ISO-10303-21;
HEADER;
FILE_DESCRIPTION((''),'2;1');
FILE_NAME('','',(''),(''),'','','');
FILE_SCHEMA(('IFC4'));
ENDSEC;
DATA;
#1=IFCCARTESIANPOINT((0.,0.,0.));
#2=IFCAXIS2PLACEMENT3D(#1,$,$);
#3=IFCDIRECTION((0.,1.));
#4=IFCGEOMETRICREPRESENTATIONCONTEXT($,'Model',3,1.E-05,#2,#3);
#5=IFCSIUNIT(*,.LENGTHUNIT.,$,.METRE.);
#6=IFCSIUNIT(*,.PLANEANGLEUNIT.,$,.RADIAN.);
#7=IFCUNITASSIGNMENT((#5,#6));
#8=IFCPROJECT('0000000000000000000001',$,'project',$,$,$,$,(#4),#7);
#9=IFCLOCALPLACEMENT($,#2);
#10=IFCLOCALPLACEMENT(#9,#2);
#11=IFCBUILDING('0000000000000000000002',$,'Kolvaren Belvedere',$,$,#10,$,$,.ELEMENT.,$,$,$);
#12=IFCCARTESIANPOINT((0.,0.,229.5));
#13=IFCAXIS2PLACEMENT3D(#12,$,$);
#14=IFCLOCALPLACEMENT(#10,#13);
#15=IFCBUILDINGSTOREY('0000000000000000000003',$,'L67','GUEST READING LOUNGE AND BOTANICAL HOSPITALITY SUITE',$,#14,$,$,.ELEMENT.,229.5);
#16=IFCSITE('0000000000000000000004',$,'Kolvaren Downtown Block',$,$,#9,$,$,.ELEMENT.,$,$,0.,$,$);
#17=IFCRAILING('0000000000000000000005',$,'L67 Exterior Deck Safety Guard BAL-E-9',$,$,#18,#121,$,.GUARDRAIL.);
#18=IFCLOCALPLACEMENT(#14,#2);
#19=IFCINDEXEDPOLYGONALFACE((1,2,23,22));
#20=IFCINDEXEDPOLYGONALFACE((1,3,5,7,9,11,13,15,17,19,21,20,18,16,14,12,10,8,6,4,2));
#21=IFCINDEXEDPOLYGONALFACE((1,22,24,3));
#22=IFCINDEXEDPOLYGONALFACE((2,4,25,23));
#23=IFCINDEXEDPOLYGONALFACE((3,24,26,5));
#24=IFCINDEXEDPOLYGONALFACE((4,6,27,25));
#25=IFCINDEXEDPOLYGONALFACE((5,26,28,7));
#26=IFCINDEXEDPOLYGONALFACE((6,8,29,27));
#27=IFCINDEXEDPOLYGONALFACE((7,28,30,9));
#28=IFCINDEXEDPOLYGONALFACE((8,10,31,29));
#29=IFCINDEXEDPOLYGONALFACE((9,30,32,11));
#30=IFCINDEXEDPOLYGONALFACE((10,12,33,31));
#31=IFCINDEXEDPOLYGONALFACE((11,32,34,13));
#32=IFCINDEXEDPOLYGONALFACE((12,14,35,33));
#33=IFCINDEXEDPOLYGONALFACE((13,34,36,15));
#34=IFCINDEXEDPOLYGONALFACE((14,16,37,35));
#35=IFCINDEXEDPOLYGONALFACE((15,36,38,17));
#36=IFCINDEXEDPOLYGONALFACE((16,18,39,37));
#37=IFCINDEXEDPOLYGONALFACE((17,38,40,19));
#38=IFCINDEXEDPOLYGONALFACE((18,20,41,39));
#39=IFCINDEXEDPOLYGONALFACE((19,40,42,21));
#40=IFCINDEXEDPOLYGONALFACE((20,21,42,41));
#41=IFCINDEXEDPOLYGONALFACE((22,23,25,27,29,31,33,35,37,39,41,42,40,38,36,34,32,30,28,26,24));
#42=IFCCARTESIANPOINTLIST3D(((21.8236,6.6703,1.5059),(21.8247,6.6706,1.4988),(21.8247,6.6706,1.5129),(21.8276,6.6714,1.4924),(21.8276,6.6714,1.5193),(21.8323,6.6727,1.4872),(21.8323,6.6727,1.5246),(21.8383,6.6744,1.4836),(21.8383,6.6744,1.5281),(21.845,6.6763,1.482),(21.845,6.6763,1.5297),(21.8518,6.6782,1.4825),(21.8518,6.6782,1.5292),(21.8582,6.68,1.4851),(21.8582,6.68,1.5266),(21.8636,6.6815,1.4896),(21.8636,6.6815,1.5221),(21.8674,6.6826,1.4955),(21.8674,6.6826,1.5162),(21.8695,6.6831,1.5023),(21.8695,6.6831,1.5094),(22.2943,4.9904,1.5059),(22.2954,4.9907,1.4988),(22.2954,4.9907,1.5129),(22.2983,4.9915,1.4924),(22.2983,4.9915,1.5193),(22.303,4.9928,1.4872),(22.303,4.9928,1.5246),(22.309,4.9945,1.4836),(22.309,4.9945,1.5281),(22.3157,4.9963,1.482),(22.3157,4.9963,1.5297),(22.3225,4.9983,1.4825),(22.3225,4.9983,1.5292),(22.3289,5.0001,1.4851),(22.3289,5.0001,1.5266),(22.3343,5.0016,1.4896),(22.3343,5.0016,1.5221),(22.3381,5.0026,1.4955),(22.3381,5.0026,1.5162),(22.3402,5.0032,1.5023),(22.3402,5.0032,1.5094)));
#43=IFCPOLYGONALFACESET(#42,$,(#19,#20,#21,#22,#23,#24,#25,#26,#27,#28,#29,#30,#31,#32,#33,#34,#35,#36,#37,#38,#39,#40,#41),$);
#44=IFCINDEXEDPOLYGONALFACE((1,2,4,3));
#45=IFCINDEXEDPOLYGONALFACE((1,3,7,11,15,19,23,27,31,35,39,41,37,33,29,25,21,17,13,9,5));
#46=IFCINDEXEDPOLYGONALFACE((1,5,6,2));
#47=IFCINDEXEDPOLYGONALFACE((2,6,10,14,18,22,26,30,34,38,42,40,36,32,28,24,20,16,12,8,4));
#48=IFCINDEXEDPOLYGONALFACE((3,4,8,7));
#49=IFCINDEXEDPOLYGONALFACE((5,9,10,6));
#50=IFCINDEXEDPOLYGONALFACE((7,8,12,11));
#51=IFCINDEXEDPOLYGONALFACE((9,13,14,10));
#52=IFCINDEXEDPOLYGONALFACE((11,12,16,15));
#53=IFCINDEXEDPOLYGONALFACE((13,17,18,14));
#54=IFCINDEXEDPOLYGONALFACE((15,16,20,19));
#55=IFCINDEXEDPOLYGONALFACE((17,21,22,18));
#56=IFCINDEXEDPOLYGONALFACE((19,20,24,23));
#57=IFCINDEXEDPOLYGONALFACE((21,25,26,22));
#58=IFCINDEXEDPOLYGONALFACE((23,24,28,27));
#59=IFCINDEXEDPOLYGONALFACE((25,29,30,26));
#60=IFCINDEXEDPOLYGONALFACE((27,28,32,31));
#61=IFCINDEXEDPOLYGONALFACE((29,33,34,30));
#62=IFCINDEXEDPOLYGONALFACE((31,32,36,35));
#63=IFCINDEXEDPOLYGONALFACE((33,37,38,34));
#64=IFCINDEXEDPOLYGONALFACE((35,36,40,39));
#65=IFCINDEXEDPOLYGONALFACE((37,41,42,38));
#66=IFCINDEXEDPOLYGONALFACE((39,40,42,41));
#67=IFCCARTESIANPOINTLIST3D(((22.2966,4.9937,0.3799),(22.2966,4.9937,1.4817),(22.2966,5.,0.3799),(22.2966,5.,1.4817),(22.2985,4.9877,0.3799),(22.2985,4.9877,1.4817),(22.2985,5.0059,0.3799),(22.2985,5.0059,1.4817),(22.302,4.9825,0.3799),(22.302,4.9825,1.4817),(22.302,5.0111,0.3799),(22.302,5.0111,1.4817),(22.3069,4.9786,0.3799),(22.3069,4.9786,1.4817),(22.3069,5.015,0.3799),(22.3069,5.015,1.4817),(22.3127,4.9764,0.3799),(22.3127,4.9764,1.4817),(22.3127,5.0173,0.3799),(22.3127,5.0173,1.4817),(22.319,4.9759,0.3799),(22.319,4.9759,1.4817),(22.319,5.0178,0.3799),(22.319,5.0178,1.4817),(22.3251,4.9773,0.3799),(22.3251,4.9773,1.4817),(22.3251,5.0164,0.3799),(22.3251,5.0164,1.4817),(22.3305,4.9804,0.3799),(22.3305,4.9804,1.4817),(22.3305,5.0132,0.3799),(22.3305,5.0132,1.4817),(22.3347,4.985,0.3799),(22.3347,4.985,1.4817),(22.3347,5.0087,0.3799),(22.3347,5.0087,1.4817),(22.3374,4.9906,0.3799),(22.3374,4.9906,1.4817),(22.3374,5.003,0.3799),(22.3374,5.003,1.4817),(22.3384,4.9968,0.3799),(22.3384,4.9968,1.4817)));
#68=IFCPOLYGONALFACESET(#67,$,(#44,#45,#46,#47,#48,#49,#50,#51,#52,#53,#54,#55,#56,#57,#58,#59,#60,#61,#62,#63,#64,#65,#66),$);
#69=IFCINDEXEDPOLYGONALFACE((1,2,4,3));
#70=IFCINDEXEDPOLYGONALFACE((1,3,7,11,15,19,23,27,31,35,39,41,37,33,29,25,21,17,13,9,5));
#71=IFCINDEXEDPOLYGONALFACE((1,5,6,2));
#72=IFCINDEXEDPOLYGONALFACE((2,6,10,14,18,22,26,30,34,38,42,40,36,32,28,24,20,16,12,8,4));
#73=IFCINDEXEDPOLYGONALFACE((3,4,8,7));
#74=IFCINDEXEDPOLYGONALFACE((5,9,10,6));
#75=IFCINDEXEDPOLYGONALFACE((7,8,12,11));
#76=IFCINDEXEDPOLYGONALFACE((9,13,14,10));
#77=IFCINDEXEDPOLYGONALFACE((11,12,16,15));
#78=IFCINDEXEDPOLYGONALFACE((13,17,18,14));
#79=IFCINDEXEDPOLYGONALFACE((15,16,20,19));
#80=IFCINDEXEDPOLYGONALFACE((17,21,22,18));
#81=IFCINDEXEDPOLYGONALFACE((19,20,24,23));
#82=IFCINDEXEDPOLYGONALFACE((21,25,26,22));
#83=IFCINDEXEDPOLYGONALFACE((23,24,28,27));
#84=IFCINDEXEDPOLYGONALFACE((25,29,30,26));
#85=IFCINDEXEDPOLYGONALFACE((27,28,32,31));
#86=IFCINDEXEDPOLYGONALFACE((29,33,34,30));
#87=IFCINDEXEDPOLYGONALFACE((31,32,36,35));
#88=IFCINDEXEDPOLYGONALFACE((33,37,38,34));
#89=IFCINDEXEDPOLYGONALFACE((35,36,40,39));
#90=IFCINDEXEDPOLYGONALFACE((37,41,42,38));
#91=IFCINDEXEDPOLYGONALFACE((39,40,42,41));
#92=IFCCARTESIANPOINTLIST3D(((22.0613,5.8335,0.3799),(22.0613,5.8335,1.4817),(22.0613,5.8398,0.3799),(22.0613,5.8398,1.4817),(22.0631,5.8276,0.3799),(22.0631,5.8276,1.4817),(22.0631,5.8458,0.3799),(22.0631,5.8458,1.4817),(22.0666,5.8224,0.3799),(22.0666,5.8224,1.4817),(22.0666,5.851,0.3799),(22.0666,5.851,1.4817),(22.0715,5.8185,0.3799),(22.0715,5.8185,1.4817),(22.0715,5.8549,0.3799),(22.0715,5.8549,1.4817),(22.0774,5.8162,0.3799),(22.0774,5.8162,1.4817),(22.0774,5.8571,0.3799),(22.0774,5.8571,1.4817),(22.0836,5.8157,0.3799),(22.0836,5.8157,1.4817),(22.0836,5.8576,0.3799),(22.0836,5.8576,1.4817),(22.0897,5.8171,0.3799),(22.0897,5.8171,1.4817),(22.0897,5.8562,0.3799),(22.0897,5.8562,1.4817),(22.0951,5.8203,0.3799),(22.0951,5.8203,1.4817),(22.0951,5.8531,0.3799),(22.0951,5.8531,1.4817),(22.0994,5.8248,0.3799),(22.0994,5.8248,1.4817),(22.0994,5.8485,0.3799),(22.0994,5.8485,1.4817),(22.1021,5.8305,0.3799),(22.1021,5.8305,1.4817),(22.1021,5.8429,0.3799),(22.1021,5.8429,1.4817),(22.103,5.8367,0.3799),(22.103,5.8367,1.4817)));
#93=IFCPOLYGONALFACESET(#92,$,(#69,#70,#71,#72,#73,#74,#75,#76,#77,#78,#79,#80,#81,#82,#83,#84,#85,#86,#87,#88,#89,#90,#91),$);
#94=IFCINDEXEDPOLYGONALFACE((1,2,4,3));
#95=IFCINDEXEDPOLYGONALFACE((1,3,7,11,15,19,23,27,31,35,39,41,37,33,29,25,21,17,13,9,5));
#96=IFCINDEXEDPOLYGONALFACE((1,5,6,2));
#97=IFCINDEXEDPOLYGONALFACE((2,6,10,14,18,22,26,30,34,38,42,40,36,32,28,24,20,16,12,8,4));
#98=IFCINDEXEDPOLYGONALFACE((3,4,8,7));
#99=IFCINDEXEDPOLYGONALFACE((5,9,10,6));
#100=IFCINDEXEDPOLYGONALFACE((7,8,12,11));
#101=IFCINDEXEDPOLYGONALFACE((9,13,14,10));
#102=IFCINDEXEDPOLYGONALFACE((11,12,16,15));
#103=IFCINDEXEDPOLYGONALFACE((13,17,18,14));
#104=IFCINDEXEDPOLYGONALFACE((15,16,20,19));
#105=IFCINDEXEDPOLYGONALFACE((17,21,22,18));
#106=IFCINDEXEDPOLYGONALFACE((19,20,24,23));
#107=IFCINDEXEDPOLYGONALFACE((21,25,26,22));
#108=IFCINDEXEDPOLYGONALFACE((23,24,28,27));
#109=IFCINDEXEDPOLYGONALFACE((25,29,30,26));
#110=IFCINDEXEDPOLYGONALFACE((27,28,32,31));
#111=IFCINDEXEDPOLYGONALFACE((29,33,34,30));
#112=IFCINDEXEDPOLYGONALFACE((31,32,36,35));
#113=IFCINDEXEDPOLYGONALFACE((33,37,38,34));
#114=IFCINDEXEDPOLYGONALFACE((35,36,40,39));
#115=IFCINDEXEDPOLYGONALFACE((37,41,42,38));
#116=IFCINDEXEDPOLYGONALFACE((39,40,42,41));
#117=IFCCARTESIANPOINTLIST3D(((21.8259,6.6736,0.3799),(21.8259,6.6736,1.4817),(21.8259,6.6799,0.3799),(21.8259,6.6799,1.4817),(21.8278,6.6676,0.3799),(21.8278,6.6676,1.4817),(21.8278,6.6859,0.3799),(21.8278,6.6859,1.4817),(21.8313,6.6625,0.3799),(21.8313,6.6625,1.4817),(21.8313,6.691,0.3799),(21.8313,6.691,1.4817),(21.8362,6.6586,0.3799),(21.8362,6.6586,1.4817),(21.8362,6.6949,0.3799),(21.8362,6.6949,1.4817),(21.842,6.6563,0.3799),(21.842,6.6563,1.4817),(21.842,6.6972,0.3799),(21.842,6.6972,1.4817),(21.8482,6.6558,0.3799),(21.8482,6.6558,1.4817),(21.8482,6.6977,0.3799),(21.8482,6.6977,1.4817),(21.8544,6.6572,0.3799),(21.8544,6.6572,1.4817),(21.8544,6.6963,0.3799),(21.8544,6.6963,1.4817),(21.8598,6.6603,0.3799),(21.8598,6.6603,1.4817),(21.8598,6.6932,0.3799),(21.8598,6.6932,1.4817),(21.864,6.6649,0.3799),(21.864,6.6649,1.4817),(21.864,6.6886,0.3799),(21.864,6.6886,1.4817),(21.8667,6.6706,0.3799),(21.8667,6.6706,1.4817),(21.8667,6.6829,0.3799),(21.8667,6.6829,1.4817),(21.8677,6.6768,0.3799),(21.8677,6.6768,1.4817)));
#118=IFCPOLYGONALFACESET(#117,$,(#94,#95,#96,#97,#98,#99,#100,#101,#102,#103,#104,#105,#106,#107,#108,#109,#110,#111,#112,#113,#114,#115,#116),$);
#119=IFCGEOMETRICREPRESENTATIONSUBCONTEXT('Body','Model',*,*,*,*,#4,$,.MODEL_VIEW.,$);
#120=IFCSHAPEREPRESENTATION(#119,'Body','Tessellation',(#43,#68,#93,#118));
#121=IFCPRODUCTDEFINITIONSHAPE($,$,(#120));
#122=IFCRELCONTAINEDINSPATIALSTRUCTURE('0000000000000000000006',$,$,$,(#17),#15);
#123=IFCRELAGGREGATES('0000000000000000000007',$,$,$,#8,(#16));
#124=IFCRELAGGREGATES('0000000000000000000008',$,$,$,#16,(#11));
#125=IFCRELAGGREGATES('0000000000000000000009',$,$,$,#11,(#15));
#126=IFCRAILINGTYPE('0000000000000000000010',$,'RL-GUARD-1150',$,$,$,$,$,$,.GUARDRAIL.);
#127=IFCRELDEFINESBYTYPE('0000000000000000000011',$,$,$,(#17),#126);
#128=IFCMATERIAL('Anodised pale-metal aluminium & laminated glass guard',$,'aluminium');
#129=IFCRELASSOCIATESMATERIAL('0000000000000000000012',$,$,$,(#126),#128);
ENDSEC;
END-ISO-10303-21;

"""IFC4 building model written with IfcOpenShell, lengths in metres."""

from ifc_helpers import new_model, si_unit, direction, frame, origin, origin_2d, place, context, subcontext, project, spatial, circle, extrude, material, type_object, element, save


model = new_model("IFC4")

# Units and contexts
model_context = context("Model", 3, precision=1e-05, world=origin(), true_north=direction((0.0, 1.0)))
body_context = subcontext(model_context, "Body", "Model", "MODEL_VIEW")
ifc_project = project(units=[si_unit("LENGTHUNIT", "METRE"), si_unit("PLANEANGLEUNIT", "RADIAN")], contexts=[model_context])

# Site, building, storey
site_placement = place(None, origin())
site = spatial("IfcSite", under=ifc_project, at=site_placement, Name="Kolvaren Downtown Block", CompositionType="ELEMENT", RefElevation=0.0)
building_placement = place(site_placement, origin())
building = spatial("IfcBuilding", under=site, at=building_placement, Name="Kolvaren Belvedere", CompositionType="ELEMENT")
storey_placement = place(building_placement, frame((0.0, 0.0, 229.5)))
storey = spatial("IfcBuildingStorey", under=building, at=storey_placement, Name="L67", Description="GUEST READING LOUNGE AND BOTANICAL HOSPITALITY SUITE", CompositionType="ELEMENT", Elevation=229.5)

# Railing
ifc_material_1 = material(Name="Anodised pale-metal aluminium & laminated glass guard", Category="aluminium")
railing_type = type_object("IfcRailingType", Name="RL-GUARD-1150", PredefinedType="GUARDRAIL", material=ifc_material_1)
railing_1_placement = place(storey_placement, frame((22.3174, 4.9968, 0.3799)))
element("IfcRailing", 1, at=railing_1_placement, inside=storey, type_object=railing_type, Name="L67 Exterior Deck Safety Guard BAL-E-9", PredefinedType="GUARDRAIL", context=body_context, shape_type="SweptSolid", body=[
    extrude(circle(Radius=0.0239, at=origin_2d()), frame((0.0, 0.0, 1.126), z_axis=(-0.269801, 0.962916, 0.0), x_axis=(-0.962916, -0.269801, 0.0)), (0.0, 0.0, 1.0), 1.7446),
    extrude(circle(Radius=0.021, at=origin_2d()), origin(), (0.0, 0.0, 1.0), 1.1018),
    extrude(circle(Radius=0.021, at=origin_2d()), frame((-0.2354, 0.8398, 0.0)), (0.0, 0.0, 1.0), 1.1018),
    extrude(circle(Radius=0.021, at=origin_2d()), frame((-0.4707, 1.6799, 0.0)), (0.0, 0.0, 1.0), 1.1018),
])

save(model, "model.ifc")
